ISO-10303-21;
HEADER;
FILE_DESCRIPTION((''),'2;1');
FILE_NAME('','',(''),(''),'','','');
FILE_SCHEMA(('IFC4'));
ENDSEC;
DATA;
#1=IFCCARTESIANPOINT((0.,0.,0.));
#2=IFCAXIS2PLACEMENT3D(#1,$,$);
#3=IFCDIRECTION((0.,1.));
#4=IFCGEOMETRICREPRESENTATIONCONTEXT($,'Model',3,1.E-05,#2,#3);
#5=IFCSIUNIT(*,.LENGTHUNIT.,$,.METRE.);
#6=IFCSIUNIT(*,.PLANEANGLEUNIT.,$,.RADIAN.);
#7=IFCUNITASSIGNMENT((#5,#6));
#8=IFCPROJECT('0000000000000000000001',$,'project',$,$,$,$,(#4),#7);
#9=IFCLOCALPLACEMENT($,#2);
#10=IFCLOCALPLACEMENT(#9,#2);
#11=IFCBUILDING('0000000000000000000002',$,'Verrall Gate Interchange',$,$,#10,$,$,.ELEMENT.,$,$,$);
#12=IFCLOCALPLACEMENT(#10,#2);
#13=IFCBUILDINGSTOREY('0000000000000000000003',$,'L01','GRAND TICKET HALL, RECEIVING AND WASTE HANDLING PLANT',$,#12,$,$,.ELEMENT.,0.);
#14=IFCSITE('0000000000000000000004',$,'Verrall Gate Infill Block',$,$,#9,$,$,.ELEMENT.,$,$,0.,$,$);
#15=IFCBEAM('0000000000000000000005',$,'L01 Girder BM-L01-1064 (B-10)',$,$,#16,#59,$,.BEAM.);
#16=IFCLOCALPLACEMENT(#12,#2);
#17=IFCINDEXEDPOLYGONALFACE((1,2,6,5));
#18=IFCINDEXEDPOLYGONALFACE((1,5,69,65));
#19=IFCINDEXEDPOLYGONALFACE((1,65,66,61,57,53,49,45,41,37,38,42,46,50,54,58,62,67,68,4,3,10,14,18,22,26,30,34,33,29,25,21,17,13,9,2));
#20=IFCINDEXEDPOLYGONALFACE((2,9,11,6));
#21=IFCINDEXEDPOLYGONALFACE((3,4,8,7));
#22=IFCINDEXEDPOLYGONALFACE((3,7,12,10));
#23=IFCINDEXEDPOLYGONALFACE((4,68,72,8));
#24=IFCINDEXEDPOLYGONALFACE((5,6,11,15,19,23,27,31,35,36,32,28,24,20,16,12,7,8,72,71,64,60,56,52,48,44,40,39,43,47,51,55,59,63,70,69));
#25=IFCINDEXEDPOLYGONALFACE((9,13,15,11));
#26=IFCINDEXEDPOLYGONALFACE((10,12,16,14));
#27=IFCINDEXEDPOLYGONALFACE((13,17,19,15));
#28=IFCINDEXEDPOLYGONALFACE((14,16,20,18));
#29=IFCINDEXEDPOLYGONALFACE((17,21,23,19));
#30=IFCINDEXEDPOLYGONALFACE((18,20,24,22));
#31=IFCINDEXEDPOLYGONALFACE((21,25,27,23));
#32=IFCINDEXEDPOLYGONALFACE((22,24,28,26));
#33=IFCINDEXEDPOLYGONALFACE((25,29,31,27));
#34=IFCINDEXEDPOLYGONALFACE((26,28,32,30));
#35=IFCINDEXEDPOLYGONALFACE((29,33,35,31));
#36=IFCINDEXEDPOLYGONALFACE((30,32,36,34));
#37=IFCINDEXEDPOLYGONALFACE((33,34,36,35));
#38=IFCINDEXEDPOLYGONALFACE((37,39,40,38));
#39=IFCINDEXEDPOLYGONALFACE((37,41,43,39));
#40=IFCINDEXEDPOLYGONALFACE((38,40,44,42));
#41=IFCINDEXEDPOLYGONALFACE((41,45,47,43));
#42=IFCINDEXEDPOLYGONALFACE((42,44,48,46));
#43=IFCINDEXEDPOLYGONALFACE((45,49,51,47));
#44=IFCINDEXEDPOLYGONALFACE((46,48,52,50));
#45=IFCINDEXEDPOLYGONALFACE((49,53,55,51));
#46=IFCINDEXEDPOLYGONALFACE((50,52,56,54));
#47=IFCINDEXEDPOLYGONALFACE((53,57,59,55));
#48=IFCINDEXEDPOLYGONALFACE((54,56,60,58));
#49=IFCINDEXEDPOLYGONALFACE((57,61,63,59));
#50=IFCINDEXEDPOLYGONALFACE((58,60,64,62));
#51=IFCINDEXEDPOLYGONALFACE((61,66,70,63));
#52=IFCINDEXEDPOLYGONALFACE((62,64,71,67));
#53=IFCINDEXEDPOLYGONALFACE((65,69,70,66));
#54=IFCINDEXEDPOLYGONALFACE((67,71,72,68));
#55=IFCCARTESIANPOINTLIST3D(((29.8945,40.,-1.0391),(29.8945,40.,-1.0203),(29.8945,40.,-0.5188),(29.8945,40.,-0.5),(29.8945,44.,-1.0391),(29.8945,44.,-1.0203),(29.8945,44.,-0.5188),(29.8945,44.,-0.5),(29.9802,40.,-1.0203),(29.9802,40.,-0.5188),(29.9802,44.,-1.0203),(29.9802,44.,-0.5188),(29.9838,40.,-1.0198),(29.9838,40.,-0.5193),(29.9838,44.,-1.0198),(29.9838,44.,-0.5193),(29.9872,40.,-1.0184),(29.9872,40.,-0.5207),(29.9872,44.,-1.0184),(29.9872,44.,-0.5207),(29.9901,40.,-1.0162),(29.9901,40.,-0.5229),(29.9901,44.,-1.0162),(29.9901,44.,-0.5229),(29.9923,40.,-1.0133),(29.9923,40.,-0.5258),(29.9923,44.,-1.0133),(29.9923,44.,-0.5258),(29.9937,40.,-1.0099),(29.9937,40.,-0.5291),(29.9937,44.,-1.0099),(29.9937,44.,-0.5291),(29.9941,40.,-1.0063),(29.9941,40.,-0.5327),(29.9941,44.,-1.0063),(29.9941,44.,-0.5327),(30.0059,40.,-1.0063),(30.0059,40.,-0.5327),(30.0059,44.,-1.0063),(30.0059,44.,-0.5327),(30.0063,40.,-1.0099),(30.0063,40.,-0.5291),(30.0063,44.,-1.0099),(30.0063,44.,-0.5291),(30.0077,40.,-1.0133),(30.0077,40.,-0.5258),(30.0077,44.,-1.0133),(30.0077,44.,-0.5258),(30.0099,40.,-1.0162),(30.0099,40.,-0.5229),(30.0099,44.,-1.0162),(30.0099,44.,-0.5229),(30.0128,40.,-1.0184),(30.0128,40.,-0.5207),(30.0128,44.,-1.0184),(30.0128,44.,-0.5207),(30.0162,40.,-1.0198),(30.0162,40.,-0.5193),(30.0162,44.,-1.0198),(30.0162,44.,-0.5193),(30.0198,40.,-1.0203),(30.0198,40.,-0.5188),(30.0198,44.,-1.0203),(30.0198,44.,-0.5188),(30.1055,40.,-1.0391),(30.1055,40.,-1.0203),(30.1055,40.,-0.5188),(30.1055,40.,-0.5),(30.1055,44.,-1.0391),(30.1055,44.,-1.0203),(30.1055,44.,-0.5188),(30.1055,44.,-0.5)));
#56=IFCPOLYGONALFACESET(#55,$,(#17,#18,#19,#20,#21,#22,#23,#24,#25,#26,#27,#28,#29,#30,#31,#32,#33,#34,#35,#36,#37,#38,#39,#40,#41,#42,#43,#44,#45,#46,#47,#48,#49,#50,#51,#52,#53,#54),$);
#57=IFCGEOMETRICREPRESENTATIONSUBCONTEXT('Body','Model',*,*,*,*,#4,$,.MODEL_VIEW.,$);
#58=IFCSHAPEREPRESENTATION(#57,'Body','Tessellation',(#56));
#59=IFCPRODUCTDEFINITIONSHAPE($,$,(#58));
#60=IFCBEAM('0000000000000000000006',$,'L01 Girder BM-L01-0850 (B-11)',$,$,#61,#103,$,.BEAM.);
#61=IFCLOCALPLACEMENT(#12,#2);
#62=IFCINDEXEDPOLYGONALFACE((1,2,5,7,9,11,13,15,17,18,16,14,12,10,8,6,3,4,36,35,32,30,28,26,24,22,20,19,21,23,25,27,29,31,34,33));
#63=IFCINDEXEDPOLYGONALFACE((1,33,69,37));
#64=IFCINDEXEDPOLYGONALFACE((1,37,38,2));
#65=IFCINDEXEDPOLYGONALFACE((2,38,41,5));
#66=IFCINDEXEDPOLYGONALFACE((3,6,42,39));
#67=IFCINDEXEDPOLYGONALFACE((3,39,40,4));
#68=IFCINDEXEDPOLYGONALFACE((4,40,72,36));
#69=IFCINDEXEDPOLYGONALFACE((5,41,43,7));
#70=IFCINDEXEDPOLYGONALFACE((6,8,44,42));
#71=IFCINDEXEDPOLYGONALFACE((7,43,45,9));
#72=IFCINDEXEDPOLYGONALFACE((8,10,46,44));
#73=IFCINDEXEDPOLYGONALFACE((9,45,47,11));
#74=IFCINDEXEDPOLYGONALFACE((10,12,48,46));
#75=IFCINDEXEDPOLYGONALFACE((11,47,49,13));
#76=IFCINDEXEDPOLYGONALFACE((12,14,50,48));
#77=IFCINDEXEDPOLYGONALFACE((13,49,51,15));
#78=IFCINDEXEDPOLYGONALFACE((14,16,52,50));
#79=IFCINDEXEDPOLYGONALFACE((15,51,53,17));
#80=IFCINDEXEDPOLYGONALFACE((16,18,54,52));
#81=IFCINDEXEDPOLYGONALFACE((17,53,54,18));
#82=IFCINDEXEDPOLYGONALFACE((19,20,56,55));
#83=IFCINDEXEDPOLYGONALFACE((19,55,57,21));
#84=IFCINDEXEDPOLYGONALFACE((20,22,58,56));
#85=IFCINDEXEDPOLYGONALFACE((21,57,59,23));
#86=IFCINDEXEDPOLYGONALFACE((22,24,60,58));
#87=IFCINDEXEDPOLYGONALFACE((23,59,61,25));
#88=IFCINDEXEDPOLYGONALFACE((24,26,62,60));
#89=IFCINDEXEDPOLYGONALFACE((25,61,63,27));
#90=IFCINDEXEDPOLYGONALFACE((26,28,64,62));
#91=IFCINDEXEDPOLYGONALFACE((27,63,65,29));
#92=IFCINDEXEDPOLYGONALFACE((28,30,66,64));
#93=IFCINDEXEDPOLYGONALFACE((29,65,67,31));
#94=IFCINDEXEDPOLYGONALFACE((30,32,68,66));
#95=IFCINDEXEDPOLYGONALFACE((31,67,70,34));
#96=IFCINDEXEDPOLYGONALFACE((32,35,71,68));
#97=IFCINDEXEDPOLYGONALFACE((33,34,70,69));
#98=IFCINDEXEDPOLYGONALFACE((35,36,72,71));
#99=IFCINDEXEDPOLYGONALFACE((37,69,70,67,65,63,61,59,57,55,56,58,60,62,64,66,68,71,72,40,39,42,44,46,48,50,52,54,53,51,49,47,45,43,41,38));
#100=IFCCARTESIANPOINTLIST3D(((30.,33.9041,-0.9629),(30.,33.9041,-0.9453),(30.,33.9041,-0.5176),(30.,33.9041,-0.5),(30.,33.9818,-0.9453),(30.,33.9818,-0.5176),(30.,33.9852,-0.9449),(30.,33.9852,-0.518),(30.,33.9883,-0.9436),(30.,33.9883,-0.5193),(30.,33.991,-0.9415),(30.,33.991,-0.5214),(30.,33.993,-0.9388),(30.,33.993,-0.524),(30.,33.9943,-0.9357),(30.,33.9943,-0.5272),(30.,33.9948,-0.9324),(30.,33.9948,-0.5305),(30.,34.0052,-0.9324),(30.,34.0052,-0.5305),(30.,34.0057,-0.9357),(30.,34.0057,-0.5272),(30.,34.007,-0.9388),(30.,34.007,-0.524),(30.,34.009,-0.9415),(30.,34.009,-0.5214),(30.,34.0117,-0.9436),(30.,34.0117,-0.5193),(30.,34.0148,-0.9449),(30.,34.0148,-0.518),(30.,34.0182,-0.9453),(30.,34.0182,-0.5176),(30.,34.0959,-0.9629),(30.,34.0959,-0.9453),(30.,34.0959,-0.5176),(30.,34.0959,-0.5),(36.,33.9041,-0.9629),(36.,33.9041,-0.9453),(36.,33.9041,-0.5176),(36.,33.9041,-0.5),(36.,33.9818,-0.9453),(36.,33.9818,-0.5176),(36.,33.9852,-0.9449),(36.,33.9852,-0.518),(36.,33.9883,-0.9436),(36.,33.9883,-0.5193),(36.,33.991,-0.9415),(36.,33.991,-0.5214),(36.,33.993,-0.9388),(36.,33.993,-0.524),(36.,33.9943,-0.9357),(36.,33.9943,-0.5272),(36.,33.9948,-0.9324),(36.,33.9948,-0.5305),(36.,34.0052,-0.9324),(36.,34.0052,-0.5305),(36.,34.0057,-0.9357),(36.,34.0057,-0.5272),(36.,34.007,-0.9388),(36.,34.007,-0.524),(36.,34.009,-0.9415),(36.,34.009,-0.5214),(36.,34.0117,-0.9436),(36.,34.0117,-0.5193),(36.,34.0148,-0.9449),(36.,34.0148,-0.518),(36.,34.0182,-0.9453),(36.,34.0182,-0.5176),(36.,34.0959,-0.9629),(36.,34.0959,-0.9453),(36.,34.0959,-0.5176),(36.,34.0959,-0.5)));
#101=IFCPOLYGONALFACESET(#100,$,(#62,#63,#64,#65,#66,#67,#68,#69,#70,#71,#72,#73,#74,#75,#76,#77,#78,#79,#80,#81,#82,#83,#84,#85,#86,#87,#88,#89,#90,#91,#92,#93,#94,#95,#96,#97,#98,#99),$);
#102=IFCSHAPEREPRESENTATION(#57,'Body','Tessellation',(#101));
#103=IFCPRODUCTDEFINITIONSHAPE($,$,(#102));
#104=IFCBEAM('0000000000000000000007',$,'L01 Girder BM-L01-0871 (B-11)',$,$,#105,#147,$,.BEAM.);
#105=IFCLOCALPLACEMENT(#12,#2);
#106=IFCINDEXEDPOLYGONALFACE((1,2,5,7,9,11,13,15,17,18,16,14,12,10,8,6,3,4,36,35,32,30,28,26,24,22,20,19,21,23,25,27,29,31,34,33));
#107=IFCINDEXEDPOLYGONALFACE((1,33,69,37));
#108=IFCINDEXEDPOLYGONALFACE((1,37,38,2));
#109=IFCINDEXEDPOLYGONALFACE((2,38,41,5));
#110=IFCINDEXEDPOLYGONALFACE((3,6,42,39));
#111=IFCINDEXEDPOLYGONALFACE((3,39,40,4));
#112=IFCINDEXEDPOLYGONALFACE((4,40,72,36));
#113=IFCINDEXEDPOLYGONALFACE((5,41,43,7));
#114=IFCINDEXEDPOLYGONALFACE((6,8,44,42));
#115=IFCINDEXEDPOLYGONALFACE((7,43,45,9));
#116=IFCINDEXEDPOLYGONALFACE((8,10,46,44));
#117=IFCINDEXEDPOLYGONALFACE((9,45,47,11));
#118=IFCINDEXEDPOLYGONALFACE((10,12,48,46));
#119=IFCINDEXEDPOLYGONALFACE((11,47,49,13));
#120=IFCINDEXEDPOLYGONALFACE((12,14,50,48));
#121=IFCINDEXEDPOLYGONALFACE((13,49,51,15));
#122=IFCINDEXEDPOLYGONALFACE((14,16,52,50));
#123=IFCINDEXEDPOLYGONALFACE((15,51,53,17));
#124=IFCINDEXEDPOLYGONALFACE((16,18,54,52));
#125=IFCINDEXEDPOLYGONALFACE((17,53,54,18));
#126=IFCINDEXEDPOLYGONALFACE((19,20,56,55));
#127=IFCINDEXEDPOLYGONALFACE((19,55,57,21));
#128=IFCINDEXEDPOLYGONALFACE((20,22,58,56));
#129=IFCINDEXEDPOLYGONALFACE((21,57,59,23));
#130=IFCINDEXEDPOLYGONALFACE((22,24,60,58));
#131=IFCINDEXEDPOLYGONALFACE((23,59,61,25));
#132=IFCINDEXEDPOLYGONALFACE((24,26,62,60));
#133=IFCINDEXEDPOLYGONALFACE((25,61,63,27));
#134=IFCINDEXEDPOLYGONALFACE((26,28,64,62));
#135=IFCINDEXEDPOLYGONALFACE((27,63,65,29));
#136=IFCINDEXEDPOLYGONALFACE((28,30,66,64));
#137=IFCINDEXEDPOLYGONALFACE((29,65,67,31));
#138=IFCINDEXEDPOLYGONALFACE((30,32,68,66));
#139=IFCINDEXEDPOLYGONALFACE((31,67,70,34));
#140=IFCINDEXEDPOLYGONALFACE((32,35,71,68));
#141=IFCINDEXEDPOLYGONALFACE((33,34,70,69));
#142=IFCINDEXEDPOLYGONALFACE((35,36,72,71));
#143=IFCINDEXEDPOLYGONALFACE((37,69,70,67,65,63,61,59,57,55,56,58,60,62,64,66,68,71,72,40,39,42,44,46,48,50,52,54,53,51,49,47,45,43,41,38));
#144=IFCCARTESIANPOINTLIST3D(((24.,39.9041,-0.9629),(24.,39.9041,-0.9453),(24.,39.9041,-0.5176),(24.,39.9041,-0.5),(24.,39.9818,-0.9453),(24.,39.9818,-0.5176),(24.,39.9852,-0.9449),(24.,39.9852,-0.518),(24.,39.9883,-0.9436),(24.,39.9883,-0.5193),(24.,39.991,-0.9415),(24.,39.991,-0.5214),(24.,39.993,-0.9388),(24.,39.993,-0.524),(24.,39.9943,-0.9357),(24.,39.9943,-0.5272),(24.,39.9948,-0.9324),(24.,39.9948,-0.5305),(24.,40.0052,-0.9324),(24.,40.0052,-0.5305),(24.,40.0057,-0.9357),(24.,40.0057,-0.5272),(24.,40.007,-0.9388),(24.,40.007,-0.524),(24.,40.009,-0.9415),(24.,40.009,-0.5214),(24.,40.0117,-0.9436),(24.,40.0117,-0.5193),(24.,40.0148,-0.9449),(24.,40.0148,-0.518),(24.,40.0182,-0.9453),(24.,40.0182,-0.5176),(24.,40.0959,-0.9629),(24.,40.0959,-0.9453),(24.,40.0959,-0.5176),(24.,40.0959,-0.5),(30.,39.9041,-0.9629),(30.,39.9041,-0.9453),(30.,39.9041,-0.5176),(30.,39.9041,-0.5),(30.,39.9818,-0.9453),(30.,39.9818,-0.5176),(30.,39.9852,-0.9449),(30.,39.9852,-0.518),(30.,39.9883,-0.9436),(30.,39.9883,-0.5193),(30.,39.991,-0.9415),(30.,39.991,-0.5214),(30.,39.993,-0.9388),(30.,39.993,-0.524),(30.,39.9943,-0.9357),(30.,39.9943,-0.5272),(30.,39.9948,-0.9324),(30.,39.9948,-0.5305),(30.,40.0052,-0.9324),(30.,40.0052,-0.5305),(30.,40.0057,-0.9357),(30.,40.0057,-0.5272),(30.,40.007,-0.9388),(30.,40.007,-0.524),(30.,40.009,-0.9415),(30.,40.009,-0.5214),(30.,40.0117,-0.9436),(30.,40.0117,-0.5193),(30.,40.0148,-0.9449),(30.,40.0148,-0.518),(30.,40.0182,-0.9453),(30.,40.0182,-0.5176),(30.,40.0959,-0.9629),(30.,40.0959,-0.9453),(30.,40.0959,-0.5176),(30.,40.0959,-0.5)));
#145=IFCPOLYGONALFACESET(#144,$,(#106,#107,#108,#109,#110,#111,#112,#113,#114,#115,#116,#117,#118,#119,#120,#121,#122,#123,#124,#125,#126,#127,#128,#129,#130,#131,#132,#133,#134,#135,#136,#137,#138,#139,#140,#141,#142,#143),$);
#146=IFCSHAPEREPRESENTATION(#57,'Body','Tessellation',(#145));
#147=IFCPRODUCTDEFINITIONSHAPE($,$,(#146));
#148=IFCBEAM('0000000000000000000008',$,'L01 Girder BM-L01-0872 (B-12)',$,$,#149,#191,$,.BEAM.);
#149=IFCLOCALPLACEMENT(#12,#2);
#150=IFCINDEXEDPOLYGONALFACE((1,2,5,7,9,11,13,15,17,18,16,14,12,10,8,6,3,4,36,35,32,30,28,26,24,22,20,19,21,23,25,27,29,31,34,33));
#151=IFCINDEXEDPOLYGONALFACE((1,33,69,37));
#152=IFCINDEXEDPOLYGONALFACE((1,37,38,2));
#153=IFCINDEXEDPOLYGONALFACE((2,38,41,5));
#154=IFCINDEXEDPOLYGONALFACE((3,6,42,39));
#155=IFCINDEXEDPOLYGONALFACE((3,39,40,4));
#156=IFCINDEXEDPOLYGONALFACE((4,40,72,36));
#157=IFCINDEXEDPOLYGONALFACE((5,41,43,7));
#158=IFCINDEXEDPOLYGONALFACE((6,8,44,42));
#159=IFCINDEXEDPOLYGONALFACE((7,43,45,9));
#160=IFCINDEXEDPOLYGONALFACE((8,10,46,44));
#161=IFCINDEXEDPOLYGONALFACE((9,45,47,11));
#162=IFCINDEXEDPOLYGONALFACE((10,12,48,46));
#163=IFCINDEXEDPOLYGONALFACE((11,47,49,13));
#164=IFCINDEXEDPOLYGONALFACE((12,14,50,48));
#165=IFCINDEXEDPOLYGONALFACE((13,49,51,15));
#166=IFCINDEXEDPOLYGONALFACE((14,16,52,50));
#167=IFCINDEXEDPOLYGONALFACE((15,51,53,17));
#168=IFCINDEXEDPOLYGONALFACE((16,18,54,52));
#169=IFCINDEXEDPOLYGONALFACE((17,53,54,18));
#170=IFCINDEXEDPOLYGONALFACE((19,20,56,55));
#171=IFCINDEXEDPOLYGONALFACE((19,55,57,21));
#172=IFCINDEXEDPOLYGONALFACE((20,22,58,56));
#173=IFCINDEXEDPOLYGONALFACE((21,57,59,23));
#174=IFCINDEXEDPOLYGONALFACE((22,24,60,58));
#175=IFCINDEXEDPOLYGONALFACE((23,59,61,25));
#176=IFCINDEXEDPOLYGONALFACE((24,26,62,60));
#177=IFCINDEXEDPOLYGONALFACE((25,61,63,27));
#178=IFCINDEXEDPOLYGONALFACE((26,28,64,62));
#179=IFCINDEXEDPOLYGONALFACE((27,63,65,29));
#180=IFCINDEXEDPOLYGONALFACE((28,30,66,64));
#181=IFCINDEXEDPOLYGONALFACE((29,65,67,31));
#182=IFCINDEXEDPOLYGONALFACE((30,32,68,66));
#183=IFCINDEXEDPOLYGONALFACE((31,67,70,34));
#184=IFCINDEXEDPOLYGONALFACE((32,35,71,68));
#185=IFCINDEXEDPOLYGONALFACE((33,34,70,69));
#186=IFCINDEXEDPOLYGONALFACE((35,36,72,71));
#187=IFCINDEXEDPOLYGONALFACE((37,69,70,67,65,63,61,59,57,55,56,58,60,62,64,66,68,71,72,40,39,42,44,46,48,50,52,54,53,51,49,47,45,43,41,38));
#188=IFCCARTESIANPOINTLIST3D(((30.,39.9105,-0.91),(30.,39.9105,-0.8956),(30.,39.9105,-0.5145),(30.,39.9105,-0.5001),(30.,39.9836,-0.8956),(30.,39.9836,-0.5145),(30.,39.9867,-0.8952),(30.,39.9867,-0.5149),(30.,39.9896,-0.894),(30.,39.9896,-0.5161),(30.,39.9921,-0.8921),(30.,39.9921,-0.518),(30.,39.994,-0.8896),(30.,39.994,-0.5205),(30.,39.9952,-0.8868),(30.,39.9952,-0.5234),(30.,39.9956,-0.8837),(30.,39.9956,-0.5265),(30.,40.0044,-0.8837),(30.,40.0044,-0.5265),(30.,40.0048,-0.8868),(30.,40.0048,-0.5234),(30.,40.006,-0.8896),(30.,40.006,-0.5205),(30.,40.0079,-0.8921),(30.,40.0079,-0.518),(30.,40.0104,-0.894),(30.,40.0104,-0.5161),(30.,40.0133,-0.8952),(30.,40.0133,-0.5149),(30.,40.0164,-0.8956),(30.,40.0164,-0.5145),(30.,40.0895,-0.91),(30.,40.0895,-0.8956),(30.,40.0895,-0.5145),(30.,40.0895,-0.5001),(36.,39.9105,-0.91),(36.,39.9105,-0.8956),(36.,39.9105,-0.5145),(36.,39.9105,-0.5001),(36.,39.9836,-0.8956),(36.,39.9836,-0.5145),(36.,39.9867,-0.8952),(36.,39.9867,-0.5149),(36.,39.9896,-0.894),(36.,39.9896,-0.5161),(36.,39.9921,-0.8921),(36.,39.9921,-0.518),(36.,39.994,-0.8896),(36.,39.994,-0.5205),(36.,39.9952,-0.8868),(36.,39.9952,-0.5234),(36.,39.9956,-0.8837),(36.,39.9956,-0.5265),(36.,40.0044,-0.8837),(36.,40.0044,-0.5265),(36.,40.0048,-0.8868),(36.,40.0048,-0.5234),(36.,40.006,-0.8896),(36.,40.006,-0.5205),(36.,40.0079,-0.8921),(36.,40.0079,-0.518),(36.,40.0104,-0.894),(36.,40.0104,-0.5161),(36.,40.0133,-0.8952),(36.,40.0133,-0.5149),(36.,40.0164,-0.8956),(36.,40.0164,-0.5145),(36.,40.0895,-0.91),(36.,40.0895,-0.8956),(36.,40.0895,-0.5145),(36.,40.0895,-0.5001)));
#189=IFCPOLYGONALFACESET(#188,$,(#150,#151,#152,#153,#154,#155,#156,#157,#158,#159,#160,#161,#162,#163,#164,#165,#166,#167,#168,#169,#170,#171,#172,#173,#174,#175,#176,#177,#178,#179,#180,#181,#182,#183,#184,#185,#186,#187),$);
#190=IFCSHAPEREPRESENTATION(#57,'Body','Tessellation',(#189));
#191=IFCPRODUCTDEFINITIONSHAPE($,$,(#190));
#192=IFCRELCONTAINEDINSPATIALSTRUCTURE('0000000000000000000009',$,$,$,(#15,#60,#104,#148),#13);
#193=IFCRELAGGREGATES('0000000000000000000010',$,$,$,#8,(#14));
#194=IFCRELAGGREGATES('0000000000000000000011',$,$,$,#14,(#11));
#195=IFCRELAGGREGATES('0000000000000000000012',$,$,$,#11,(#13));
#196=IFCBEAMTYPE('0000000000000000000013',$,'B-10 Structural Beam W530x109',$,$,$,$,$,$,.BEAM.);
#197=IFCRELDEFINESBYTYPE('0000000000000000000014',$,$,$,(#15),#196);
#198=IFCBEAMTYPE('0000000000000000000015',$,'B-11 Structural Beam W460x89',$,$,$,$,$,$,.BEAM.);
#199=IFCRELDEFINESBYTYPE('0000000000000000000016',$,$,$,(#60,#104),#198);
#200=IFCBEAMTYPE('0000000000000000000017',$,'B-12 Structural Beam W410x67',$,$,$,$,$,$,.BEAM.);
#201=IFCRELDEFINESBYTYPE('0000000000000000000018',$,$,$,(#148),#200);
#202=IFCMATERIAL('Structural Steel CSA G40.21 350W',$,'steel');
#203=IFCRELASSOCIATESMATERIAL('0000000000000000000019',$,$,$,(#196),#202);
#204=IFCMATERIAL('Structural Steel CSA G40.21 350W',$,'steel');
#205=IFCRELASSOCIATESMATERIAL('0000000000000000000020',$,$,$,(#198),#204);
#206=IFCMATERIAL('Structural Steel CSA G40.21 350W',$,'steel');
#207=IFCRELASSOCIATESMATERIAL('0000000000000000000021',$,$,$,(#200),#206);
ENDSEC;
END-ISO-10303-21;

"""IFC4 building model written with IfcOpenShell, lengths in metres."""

from ifc_helpers import new_model, si_unit, direction, frame, origin, origin_2d, place, context, subcontext, project, spatial, i_section, extrude, material, material_profile, profile_set, type_object, element, save


model = new_model("IFC4")

# Units and contexts
model_context = context("Model", 3, precision=1e-05, world=origin(), true_north=direction((0.0, 1.0)))
body_context = subcontext(model_context, "Body", "Model", "MODEL_VIEW")
ifc_project = project(units=[si_unit("LENGTHUNIT", "METRE"), si_unit("PLANEANGLEUNIT", "RADIAN")], contexts=[model_context])

# Site, building, storey
site_placement = place(None, origin())
site = spatial("IfcSite", under=ifc_project, at=site_placement, Name="Verrall Gate Infill Block", CompositionType="ELEMENT", RefElevation=0.0)
building_placement = place(site_placement, origin())
building = spatial("IfcBuilding", under=site, at=building_placement, Name="Verrall Gate Interchange", CompositionType="ELEMENT")
storey_placement = place(building_placement, origin())
storey = spatial("IfcBuildingStorey", under=building, at=storey_placement, Name="L01", Description="GRAND TICKET HALL, RECEIVING AND WASTE HANDLING PLANT", CompositionType="ELEMENT", Elevation=0.0)

# Beams
ifc_material_1 = material(Name="Structural Steel CSA G40.21 350W", Category="steel")
ifc_material_profile_1 = material_profile(ifc_material_1, i_section(OverallWidth=0.2109, OverallDepth=0.5391, WebThickness=0.0117, FlangeThickness=0.0188, FilletRadius=0.0139, at=origin_2d()), Name="W530x109")
ifc_profile_set_1 = profile_set([ifc_material_profile_1], Name="Structural Steel CSA G40.21 350W")
beam_type_1 = type_object("IfcBeamType", Name="B-10 Structural Beam W530x109", PredefinedType="BEAM", material=ifc_profile_set_1)
beam_1_placement = place(storey_placement, frame((30.0, 40.0, -0.7695), z_axis=(0.0, 1.0, 0.0), x_axis=(-1.0, 0.0, 0.0)))
element("IfcBeam", 1, at=beam_1_placement, inside=storey, type_object=beam_type_1, Name="L01 Girder BM-L01-1064 (B-10)", PredefinedType="BEAM", context=body_context, shape_type="SweptSolid", body=[
    extrude(i_section(OverallWidth=0.2109, OverallDepth=0.5391, WebThickness=0.0117, FlangeThickness=0.0188, FilletRadius=0.0139, at=origin_2d()), origin(), (0.0, 0.0, 1.0), 4.0),
])
ifc_material_2 = material(Name="Structural Steel CSA G40.21 350W", Category="steel")
ifc_material_profile_2 = material_profile(ifc_material_2, i_section(OverallWidth=0.1919, OverallDepth=0.4629, WebThickness=0.0105, FlangeThickness=0.0176, FilletRadius=0.0129, at=origin_2d()), Name="W460x89")
ifc_profile_set_2 = profile_set([ifc_material_profile_2], Name="Structural Steel CSA G40.21 350W")
beam_type_2 = type_object("IfcBeamType", Name="B-11 Structural Beam W460x89", PredefinedType="BEAM", material=ifc_profile_set_2)
for number, where, z_axis, x_axis, name in (
    (2, (30.0, 34.0, -0.7314), (1.0, 0.0, 0.0), (0.0, 1.0, 0.0), "L01 Girder BM-L01-0850 (B-11)"),
    (3, (24.0, 40.0, -0.7314), (1.0, 0.0, 0.0), (0.0, 1.0, 0.0), "L01 Girder BM-L01-0871 (B-11)"),
):
    element("IfcBeam", number, at=place(storey_placement, frame(where, z_axis=z_axis, x_axis=x_axis)), inside=storey, type_object=beam_type_2, Name=name, PredefinedType="BEAM", context=body_context, shape_type="SweptSolid", body=[
        extrude(i_section(OverallWidth=0.1919, OverallDepth=0.4629, WebThickness=0.0105, FlangeThickness=0.0176, FilletRadius=0.0129, at=origin_2d()), origin(), (0.0, 0.0, 1.0), 6.0),
    ])
ifc_material_3 = material(Name="Structural Steel CSA G40.21 350W", Category="steel")
ifc_material_profile_3 = material_profile(ifc_material_3, i_section(OverallWidth=0.179, OverallDepth=0.4099, WebThickness=0.0088, FlangeThickness=0.0144, FilletRadius=0.012, at=origin_2d()), Name="W410x67")
ifc_profile_set_3 = profile_set([ifc_material_profile_3], Name="Structural Steel CSA G40.21 350W")
beam_type_3 = type_object("IfcBeamType", Name="B-12 Structural Beam W410x67", PredefinedType="BEAM", material=ifc_profile_set_3)
beam_2_placement = place(storey_placement, frame((30.0, 40.0, -0.7051), z_axis=(1.0, 0.0, 0.0), x_axis=(0.0, 1.0, 0.0)))
element("IfcBeam", 4, at=beam_2_placement, inside=storey, type_object=beam_type_3, Name="L01 Girder BM-L01-0872 (B-12)", PredefinedType="BEAM", context=body_context, shape_type="SweptSolid", body=[
    extrude(i_section(OverallWidth=0.179, OverallDepth=0.4099, WebThickness=0.0088, FlangeThickness=0.0144, FilletRadius=0.012, at=origin_2d()), origin(), (0.0, 0.0, 1.0), 6.0),
])

save(model, "model.ifc")
